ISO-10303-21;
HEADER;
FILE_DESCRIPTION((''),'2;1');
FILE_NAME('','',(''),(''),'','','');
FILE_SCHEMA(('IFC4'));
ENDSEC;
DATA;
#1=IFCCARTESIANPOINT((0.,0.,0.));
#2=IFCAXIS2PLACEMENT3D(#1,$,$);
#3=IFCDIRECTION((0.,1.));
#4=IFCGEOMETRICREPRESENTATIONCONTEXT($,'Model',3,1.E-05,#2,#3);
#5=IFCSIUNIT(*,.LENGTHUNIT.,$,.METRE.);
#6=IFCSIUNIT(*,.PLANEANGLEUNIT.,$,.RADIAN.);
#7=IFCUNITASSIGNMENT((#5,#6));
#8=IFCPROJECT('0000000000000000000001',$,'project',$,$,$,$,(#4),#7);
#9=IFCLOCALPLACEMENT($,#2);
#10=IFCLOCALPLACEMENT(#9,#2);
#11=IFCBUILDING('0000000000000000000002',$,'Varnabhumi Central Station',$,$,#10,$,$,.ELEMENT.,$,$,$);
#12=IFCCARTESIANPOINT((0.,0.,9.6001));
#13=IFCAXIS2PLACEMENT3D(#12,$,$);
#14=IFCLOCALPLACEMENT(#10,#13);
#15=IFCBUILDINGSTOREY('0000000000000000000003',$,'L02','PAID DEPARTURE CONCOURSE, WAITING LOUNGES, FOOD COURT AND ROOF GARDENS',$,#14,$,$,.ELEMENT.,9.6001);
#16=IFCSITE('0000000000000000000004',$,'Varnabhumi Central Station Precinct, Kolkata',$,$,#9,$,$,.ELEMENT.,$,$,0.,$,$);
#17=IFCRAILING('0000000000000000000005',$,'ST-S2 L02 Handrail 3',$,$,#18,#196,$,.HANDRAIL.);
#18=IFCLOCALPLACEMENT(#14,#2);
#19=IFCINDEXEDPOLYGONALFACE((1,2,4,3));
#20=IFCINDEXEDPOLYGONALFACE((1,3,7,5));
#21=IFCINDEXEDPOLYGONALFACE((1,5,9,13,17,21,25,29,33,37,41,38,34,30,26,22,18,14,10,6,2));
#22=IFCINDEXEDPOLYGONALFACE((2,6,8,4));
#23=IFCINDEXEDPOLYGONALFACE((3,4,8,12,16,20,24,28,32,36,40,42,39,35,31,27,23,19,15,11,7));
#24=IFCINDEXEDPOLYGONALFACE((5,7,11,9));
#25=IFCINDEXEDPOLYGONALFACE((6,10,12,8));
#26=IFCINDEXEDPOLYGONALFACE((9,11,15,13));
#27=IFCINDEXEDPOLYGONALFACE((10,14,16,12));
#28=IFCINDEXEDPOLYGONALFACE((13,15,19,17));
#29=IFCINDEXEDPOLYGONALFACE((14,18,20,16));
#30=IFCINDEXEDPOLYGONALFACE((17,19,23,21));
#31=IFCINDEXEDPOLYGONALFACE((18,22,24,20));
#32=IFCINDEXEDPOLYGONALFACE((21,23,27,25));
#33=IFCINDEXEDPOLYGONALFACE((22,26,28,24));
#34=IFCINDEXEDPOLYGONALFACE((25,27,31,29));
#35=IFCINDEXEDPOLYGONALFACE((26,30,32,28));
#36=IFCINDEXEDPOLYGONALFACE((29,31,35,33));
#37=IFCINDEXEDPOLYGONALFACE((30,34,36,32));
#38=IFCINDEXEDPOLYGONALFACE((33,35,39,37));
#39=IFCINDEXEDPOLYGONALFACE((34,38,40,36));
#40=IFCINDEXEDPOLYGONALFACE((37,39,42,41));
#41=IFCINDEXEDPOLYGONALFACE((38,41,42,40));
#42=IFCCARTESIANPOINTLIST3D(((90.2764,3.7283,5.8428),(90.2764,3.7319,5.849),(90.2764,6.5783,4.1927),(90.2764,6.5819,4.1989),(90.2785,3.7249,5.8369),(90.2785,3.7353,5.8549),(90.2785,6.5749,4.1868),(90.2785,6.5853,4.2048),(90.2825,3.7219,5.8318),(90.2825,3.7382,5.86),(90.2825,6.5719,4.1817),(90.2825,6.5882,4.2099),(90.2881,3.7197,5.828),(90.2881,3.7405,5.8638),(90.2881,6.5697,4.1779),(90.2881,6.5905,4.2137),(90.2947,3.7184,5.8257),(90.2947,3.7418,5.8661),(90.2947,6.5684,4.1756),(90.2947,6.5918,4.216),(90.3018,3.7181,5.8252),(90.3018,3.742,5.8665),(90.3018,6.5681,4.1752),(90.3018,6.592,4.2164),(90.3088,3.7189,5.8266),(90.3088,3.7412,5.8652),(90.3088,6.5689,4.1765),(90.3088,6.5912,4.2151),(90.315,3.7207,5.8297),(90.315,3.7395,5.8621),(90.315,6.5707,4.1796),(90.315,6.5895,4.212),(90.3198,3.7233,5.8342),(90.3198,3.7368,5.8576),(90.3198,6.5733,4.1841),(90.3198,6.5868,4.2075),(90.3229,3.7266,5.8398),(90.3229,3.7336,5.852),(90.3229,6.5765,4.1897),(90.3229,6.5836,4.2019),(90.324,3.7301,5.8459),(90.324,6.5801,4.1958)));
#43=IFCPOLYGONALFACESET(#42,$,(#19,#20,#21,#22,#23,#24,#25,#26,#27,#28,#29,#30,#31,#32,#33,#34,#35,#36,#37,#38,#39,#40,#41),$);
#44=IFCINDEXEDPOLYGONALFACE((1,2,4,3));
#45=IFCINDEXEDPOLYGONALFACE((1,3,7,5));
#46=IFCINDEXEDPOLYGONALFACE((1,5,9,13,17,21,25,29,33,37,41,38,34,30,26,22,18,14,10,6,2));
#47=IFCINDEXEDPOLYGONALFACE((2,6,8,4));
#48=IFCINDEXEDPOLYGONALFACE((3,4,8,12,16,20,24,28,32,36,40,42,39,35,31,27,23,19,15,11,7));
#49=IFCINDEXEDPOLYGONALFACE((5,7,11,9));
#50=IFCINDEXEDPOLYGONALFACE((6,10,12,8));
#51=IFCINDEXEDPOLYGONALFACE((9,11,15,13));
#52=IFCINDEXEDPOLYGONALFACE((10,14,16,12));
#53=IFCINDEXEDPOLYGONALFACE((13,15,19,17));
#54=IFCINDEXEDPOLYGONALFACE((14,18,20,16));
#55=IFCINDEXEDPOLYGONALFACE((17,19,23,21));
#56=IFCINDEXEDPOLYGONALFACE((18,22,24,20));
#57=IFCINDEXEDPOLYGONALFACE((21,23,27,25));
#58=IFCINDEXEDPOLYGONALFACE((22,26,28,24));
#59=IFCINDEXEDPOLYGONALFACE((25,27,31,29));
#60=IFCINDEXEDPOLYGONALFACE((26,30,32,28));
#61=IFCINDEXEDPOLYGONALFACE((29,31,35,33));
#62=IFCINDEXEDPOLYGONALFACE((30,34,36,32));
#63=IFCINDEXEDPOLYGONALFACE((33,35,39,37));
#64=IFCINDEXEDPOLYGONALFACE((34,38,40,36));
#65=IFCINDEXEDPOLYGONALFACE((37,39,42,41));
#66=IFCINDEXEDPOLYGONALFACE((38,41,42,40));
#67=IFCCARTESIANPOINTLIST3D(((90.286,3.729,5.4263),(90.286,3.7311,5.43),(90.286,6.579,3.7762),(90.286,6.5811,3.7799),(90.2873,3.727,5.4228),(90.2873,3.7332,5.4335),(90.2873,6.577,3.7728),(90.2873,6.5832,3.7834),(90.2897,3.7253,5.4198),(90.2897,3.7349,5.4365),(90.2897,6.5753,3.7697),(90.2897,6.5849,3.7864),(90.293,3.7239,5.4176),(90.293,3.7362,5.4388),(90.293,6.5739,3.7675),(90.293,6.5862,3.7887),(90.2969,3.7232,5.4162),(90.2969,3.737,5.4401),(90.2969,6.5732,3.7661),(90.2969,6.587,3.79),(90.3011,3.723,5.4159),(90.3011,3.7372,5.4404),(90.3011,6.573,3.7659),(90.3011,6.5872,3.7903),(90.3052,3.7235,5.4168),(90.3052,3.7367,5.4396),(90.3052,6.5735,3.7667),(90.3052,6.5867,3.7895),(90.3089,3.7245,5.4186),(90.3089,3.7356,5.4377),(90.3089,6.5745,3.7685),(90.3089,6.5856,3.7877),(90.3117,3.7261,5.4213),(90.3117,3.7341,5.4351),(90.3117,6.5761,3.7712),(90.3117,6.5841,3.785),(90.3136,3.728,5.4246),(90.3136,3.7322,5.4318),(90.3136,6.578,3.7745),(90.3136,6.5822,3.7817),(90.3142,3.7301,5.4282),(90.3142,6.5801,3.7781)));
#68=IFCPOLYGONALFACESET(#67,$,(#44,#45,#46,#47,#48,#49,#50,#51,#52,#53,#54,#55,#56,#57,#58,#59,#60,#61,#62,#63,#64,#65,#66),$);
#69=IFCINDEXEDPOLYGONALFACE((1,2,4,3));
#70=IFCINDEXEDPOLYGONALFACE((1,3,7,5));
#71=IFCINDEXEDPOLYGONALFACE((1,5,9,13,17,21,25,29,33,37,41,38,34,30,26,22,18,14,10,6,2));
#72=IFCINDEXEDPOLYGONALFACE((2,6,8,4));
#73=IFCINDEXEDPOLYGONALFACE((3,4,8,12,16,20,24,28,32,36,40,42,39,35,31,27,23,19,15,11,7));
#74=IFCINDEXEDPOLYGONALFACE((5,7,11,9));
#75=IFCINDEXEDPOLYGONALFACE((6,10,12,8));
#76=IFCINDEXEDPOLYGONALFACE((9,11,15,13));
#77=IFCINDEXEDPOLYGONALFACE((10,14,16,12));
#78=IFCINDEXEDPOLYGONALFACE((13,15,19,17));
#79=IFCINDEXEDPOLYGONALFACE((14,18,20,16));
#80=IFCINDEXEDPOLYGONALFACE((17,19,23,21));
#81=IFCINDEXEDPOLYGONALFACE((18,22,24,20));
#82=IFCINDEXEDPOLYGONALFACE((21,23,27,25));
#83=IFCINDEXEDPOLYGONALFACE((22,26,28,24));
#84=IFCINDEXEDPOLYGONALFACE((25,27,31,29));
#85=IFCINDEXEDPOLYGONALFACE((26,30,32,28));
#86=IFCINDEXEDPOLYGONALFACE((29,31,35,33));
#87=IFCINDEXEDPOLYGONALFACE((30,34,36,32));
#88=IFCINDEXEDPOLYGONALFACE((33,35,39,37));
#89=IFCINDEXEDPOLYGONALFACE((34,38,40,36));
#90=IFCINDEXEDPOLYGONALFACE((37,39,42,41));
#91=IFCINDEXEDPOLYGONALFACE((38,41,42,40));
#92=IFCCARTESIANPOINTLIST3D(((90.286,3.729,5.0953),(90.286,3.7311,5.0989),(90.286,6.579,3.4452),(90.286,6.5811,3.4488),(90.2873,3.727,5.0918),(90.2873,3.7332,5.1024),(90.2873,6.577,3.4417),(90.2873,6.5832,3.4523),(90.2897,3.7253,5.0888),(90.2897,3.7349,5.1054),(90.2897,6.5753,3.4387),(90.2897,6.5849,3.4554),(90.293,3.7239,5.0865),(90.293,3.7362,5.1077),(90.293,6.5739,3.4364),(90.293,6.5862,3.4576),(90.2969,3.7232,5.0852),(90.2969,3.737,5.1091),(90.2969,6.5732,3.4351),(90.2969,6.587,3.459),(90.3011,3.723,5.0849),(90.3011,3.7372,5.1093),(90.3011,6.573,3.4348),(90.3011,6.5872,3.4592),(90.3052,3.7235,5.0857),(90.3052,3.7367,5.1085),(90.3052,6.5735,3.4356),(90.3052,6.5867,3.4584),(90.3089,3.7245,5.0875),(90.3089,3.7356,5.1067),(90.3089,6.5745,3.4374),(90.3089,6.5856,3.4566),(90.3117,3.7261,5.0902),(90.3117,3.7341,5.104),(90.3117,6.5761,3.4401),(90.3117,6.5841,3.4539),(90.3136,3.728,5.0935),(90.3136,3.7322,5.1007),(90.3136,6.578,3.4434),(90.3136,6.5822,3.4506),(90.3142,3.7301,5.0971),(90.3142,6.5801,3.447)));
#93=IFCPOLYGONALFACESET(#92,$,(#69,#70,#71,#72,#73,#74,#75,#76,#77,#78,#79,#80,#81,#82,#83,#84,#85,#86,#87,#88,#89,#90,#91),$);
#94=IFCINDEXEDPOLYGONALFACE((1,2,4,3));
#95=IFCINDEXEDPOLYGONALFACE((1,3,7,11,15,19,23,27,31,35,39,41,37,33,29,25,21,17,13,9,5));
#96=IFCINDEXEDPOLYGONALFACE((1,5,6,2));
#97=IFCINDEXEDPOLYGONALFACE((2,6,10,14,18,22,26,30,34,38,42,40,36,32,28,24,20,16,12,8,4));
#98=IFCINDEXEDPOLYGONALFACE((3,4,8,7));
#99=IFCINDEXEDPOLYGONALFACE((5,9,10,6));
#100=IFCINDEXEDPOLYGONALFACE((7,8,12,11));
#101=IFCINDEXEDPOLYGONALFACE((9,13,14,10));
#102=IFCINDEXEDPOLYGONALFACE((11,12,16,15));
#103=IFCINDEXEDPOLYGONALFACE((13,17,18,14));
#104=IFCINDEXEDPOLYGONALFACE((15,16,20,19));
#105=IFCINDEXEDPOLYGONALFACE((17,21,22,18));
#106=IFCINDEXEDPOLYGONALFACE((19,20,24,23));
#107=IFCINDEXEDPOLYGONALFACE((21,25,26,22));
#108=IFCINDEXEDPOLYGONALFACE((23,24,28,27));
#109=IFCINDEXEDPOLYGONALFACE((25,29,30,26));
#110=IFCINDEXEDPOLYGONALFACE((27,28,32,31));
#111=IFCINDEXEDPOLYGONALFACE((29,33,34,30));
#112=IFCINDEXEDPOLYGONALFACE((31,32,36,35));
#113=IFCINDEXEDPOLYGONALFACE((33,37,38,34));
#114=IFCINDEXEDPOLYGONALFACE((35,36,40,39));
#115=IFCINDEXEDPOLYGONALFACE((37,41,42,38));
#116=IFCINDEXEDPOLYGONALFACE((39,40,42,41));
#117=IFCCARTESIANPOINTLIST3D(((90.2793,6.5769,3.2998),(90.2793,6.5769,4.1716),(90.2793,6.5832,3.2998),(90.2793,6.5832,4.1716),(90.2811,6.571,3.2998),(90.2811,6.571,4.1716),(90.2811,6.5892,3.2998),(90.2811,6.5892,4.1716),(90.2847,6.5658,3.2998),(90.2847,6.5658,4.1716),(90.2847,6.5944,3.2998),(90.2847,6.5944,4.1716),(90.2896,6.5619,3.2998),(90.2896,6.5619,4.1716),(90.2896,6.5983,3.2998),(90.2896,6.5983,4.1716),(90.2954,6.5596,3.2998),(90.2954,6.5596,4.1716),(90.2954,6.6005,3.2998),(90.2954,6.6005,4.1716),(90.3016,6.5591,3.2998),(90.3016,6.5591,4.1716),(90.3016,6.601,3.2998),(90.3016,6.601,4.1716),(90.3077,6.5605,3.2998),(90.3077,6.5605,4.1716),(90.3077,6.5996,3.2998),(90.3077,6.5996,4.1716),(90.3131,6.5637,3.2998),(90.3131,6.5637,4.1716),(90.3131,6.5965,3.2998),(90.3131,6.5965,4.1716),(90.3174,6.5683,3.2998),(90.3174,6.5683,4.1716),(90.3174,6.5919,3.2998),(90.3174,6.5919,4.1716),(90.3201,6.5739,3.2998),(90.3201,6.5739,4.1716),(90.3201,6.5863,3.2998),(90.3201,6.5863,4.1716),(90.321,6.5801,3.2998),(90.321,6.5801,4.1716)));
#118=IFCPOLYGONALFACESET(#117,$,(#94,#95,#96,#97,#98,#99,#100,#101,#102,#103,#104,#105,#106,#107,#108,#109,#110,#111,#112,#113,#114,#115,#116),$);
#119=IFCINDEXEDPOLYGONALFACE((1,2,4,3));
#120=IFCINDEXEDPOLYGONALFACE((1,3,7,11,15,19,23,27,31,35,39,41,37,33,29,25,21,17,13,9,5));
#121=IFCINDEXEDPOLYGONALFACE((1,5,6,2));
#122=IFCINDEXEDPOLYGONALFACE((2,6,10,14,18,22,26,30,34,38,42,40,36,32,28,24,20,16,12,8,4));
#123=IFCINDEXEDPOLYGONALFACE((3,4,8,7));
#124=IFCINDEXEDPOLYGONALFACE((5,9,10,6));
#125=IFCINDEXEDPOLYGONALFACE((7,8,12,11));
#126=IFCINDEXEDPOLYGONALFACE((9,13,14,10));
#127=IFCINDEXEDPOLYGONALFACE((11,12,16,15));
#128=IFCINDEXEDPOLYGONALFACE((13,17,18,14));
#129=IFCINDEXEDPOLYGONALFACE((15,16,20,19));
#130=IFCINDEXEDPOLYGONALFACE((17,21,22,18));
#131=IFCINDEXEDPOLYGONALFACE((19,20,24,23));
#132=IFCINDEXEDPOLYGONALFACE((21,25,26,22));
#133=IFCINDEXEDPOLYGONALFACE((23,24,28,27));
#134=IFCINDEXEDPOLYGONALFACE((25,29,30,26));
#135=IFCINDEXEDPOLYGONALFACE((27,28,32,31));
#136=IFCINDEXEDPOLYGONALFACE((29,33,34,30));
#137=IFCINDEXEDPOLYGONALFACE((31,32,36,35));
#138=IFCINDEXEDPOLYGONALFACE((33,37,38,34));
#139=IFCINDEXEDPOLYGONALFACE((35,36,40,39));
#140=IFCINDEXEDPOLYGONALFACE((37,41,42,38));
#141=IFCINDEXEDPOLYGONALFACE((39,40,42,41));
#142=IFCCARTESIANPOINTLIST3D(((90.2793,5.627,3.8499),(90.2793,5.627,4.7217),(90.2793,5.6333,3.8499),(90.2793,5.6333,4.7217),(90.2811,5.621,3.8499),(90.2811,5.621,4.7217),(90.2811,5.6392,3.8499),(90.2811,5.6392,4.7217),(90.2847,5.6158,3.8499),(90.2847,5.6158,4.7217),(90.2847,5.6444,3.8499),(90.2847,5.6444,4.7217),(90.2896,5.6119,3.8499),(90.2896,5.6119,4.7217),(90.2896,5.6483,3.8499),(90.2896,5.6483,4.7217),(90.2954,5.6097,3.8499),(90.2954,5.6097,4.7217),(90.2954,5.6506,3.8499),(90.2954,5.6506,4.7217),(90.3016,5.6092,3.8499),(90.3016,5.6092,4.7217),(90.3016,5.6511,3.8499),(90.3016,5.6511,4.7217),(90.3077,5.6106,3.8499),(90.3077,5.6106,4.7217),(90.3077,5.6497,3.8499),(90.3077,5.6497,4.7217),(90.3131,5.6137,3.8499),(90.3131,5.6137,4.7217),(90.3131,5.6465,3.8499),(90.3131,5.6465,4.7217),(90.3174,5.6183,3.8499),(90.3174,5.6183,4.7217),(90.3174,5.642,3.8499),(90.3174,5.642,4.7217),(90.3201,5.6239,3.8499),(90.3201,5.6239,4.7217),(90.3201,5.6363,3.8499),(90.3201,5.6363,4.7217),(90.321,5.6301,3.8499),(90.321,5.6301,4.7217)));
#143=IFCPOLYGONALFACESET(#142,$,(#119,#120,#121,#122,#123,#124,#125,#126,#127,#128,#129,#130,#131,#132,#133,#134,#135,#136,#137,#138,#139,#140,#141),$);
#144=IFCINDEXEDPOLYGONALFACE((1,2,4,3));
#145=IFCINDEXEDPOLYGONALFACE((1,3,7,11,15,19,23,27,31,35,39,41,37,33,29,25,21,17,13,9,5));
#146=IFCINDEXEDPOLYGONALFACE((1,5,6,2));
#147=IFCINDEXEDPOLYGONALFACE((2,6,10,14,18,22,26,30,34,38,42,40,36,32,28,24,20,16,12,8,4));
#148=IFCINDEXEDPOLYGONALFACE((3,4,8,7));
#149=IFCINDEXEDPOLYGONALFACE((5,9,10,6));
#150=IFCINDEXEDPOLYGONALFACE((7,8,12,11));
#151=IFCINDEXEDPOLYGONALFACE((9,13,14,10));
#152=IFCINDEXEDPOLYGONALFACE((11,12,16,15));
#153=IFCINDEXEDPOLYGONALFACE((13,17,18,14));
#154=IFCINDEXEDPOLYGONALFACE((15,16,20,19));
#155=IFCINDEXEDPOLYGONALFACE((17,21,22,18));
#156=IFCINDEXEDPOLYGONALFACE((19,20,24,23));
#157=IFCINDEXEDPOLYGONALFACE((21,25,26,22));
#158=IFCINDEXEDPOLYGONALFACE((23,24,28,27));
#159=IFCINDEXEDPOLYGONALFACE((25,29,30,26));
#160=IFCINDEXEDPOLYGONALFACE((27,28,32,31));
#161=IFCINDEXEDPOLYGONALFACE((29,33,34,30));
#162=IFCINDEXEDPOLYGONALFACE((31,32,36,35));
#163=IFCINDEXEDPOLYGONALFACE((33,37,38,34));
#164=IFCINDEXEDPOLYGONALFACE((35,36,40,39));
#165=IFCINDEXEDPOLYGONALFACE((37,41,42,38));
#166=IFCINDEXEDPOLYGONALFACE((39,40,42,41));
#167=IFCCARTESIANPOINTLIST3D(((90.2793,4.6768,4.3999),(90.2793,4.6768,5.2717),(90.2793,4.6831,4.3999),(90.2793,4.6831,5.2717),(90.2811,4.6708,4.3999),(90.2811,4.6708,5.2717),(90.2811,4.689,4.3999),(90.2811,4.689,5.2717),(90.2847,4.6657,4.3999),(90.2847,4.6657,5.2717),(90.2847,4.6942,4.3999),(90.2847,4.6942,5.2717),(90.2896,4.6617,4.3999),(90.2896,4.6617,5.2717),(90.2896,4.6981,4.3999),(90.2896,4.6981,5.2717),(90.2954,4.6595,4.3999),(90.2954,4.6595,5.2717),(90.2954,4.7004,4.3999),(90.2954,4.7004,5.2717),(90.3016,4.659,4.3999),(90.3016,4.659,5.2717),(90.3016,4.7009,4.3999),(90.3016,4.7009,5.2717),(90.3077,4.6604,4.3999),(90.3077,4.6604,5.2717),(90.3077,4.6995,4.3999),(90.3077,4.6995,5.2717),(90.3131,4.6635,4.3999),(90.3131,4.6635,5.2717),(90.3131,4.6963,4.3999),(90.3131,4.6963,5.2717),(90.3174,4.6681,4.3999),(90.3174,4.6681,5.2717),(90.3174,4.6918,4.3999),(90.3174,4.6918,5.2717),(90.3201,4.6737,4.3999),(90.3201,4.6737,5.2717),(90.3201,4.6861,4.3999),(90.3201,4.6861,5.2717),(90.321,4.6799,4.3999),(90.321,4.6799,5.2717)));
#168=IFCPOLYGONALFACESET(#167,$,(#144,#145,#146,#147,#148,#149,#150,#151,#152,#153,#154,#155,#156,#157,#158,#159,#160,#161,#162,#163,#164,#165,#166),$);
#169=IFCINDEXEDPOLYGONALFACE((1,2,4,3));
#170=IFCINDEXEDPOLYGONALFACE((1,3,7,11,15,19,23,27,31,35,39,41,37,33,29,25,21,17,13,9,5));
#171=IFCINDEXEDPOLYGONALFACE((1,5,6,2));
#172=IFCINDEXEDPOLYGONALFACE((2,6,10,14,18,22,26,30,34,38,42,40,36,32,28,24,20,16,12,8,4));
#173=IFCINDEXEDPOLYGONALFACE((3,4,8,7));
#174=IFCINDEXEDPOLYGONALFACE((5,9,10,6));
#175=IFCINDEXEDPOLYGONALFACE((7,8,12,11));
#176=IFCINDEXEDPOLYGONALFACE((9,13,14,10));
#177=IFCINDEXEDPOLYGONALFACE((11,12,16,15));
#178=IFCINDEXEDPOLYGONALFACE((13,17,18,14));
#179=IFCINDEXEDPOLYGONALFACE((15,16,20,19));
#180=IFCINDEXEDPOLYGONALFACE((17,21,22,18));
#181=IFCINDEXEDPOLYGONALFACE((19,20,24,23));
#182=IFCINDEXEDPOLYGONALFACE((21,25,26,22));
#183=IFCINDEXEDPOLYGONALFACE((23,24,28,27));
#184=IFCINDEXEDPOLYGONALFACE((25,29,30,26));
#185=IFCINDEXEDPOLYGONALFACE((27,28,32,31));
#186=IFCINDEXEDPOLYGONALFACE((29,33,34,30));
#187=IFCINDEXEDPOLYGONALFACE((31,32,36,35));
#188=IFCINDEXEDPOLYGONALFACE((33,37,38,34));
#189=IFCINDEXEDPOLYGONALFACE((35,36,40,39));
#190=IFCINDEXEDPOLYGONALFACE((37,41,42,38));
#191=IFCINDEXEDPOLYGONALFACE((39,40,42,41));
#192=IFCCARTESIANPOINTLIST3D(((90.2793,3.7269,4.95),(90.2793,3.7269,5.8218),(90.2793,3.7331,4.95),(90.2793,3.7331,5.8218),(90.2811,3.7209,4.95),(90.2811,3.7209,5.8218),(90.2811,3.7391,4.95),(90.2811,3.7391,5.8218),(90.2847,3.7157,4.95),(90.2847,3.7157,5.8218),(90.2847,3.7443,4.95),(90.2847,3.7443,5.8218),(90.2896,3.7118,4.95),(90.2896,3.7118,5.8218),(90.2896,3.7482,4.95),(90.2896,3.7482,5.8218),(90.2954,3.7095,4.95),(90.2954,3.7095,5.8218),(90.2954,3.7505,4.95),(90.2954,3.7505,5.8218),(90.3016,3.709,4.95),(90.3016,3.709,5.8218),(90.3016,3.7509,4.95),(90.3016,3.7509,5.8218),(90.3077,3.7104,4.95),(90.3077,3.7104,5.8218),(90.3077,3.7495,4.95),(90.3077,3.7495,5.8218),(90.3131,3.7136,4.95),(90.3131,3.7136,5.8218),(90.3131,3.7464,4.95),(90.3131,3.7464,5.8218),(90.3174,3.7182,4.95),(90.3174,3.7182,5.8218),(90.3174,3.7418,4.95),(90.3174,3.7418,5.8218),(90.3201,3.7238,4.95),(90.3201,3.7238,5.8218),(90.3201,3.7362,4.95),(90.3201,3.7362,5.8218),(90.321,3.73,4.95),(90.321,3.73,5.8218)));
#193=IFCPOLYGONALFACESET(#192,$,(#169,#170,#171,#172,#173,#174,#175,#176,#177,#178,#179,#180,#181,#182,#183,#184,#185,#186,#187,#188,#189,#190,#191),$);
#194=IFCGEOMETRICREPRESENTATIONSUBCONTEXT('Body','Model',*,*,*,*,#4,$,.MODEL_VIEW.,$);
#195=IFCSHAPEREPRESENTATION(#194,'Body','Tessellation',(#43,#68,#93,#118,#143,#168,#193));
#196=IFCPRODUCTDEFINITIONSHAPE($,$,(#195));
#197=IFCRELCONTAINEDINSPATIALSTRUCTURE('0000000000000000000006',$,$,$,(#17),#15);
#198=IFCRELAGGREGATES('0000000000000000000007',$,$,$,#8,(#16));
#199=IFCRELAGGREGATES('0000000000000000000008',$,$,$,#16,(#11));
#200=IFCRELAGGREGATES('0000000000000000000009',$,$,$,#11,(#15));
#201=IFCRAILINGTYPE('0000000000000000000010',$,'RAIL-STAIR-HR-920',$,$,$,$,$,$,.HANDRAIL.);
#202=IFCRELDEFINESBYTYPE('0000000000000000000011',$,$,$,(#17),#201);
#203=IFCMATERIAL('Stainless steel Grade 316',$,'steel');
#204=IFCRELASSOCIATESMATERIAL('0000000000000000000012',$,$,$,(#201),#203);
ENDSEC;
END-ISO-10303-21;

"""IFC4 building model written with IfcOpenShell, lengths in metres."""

from ifc_helpers import new_model, si_unit, direction, frame, origin, origin_2d, place, context, subcontext, project, spatial, circle, extrude, material, type_object, element, save


model = new_model("IFC4")

# Units and contexts
model_context = context("Model", 3, precision=1e-05, world=origin(), true_north=direction((0.0, 1.0)))
body_context = subcontext(model_context, "Body", "Model", "MODEL_VIEW")
ifc_project = project(units=[si_unit("LENGTHUNIT", "METRE"), si_unit("PLANEANGLEUNIT", "RADIAN")], contexts=[model_context])

# Site, building, storey
site_placement = place(None, origin())
site = spatial("IfcSite", under=ifc_project, at=site_placement, Name="Varnabhumi Central Station Precinct, Kolkata", CompositionType="ELEMENT", RefElevation=0.0)
building_placement = place(site_placement, origin())
building = spatial("IfcBuilding", under=site, at=building_placement, Name="Varnabhumi Central Station", CompositionType="ELEMENT")
storey_placement = place(building_placement, frame((0.0, 0.0, 9.6001)))
storey = spatial("IfcBuildingStorey", under=building, at=storey_placement, Name="L02", Description="PAID DEPARTURE CONCOURSE, WAITING LOUNGES, FOOD COURT AND ROOF GARDENS", CompositionType="ELEMENT", Elevation=9.6001)

# Shared definitions
ifc_material_1 = material(Name="Stainless steel Grade 316", Category="steel")

# Railing
railing_type_1 = type_object("IfcRailingType", Name="RAIL-STAIR-HR-920", PredefinedType="HANDRAIL", material=ifc_material_1)
railing_1_placement = place(storey_placement, frame((90.3, 6.5801, 3.2998)))
element("IfcRailing", 1, at=railing_1_placement, inside=storey, type_object=railing_type_1, Name="ST-S2 L02 Handrail 3", PredefinedType="HANDRAIL", context=body_context, shape_type="SweptSolid", body=[
    extrude(circle(Radius=0.0239, at=origin_2d()), frame((0.0, 0.0, 0.896), z_axis=(0.0, -0.865414, 0.501057), x_axis=(1.0, 0.0, 0.0)), (0.0, 0.0, 1.0), 3.2932),
    extrude(circle(Radius=0.0142, at=origin_2d()), frame((0.0, 0.0, 0.4783), z_axis=(0.0, -0.865414, 0.501057), x_axis=(1.0, 0.0, 0.0)), (0.0, 0.0, 1.0), 3.2932),
    extrude(circle(Radius=0.0142, at=origin_2d()), frame((0.0, 0.0, 0.1472), z_axis=(0.0, -0.865414, 0.501057), x_axis=(1.0, 0.0, 0.0)), (0.0, 0.0, 1.0), 3.2932),
    extrude(circle(Radius=0.021, at=origin_2d()), origin(), (0.0, 0.0, 1.0), 0.8718),
    extrude(circle(Radius=0.021, at=origin_2d()), frame((0.0, -0.95, 0.55)), (0.0, 0.0, 1.0), 0.8718),
    extrude(circle(Radius=0.021, at=origin_2d()), frame((0.0, -1.9001, 1.1001)), (0.0, 0.0, 1.0), 0.8718),
    extrude(circle(Radius=0.021, at=origin_2d()), frame((0.0, -2.8501, 1.6501)), (0.0, 0.0, 1.0), 0.8718),
])

save(model, "model.ifc")
